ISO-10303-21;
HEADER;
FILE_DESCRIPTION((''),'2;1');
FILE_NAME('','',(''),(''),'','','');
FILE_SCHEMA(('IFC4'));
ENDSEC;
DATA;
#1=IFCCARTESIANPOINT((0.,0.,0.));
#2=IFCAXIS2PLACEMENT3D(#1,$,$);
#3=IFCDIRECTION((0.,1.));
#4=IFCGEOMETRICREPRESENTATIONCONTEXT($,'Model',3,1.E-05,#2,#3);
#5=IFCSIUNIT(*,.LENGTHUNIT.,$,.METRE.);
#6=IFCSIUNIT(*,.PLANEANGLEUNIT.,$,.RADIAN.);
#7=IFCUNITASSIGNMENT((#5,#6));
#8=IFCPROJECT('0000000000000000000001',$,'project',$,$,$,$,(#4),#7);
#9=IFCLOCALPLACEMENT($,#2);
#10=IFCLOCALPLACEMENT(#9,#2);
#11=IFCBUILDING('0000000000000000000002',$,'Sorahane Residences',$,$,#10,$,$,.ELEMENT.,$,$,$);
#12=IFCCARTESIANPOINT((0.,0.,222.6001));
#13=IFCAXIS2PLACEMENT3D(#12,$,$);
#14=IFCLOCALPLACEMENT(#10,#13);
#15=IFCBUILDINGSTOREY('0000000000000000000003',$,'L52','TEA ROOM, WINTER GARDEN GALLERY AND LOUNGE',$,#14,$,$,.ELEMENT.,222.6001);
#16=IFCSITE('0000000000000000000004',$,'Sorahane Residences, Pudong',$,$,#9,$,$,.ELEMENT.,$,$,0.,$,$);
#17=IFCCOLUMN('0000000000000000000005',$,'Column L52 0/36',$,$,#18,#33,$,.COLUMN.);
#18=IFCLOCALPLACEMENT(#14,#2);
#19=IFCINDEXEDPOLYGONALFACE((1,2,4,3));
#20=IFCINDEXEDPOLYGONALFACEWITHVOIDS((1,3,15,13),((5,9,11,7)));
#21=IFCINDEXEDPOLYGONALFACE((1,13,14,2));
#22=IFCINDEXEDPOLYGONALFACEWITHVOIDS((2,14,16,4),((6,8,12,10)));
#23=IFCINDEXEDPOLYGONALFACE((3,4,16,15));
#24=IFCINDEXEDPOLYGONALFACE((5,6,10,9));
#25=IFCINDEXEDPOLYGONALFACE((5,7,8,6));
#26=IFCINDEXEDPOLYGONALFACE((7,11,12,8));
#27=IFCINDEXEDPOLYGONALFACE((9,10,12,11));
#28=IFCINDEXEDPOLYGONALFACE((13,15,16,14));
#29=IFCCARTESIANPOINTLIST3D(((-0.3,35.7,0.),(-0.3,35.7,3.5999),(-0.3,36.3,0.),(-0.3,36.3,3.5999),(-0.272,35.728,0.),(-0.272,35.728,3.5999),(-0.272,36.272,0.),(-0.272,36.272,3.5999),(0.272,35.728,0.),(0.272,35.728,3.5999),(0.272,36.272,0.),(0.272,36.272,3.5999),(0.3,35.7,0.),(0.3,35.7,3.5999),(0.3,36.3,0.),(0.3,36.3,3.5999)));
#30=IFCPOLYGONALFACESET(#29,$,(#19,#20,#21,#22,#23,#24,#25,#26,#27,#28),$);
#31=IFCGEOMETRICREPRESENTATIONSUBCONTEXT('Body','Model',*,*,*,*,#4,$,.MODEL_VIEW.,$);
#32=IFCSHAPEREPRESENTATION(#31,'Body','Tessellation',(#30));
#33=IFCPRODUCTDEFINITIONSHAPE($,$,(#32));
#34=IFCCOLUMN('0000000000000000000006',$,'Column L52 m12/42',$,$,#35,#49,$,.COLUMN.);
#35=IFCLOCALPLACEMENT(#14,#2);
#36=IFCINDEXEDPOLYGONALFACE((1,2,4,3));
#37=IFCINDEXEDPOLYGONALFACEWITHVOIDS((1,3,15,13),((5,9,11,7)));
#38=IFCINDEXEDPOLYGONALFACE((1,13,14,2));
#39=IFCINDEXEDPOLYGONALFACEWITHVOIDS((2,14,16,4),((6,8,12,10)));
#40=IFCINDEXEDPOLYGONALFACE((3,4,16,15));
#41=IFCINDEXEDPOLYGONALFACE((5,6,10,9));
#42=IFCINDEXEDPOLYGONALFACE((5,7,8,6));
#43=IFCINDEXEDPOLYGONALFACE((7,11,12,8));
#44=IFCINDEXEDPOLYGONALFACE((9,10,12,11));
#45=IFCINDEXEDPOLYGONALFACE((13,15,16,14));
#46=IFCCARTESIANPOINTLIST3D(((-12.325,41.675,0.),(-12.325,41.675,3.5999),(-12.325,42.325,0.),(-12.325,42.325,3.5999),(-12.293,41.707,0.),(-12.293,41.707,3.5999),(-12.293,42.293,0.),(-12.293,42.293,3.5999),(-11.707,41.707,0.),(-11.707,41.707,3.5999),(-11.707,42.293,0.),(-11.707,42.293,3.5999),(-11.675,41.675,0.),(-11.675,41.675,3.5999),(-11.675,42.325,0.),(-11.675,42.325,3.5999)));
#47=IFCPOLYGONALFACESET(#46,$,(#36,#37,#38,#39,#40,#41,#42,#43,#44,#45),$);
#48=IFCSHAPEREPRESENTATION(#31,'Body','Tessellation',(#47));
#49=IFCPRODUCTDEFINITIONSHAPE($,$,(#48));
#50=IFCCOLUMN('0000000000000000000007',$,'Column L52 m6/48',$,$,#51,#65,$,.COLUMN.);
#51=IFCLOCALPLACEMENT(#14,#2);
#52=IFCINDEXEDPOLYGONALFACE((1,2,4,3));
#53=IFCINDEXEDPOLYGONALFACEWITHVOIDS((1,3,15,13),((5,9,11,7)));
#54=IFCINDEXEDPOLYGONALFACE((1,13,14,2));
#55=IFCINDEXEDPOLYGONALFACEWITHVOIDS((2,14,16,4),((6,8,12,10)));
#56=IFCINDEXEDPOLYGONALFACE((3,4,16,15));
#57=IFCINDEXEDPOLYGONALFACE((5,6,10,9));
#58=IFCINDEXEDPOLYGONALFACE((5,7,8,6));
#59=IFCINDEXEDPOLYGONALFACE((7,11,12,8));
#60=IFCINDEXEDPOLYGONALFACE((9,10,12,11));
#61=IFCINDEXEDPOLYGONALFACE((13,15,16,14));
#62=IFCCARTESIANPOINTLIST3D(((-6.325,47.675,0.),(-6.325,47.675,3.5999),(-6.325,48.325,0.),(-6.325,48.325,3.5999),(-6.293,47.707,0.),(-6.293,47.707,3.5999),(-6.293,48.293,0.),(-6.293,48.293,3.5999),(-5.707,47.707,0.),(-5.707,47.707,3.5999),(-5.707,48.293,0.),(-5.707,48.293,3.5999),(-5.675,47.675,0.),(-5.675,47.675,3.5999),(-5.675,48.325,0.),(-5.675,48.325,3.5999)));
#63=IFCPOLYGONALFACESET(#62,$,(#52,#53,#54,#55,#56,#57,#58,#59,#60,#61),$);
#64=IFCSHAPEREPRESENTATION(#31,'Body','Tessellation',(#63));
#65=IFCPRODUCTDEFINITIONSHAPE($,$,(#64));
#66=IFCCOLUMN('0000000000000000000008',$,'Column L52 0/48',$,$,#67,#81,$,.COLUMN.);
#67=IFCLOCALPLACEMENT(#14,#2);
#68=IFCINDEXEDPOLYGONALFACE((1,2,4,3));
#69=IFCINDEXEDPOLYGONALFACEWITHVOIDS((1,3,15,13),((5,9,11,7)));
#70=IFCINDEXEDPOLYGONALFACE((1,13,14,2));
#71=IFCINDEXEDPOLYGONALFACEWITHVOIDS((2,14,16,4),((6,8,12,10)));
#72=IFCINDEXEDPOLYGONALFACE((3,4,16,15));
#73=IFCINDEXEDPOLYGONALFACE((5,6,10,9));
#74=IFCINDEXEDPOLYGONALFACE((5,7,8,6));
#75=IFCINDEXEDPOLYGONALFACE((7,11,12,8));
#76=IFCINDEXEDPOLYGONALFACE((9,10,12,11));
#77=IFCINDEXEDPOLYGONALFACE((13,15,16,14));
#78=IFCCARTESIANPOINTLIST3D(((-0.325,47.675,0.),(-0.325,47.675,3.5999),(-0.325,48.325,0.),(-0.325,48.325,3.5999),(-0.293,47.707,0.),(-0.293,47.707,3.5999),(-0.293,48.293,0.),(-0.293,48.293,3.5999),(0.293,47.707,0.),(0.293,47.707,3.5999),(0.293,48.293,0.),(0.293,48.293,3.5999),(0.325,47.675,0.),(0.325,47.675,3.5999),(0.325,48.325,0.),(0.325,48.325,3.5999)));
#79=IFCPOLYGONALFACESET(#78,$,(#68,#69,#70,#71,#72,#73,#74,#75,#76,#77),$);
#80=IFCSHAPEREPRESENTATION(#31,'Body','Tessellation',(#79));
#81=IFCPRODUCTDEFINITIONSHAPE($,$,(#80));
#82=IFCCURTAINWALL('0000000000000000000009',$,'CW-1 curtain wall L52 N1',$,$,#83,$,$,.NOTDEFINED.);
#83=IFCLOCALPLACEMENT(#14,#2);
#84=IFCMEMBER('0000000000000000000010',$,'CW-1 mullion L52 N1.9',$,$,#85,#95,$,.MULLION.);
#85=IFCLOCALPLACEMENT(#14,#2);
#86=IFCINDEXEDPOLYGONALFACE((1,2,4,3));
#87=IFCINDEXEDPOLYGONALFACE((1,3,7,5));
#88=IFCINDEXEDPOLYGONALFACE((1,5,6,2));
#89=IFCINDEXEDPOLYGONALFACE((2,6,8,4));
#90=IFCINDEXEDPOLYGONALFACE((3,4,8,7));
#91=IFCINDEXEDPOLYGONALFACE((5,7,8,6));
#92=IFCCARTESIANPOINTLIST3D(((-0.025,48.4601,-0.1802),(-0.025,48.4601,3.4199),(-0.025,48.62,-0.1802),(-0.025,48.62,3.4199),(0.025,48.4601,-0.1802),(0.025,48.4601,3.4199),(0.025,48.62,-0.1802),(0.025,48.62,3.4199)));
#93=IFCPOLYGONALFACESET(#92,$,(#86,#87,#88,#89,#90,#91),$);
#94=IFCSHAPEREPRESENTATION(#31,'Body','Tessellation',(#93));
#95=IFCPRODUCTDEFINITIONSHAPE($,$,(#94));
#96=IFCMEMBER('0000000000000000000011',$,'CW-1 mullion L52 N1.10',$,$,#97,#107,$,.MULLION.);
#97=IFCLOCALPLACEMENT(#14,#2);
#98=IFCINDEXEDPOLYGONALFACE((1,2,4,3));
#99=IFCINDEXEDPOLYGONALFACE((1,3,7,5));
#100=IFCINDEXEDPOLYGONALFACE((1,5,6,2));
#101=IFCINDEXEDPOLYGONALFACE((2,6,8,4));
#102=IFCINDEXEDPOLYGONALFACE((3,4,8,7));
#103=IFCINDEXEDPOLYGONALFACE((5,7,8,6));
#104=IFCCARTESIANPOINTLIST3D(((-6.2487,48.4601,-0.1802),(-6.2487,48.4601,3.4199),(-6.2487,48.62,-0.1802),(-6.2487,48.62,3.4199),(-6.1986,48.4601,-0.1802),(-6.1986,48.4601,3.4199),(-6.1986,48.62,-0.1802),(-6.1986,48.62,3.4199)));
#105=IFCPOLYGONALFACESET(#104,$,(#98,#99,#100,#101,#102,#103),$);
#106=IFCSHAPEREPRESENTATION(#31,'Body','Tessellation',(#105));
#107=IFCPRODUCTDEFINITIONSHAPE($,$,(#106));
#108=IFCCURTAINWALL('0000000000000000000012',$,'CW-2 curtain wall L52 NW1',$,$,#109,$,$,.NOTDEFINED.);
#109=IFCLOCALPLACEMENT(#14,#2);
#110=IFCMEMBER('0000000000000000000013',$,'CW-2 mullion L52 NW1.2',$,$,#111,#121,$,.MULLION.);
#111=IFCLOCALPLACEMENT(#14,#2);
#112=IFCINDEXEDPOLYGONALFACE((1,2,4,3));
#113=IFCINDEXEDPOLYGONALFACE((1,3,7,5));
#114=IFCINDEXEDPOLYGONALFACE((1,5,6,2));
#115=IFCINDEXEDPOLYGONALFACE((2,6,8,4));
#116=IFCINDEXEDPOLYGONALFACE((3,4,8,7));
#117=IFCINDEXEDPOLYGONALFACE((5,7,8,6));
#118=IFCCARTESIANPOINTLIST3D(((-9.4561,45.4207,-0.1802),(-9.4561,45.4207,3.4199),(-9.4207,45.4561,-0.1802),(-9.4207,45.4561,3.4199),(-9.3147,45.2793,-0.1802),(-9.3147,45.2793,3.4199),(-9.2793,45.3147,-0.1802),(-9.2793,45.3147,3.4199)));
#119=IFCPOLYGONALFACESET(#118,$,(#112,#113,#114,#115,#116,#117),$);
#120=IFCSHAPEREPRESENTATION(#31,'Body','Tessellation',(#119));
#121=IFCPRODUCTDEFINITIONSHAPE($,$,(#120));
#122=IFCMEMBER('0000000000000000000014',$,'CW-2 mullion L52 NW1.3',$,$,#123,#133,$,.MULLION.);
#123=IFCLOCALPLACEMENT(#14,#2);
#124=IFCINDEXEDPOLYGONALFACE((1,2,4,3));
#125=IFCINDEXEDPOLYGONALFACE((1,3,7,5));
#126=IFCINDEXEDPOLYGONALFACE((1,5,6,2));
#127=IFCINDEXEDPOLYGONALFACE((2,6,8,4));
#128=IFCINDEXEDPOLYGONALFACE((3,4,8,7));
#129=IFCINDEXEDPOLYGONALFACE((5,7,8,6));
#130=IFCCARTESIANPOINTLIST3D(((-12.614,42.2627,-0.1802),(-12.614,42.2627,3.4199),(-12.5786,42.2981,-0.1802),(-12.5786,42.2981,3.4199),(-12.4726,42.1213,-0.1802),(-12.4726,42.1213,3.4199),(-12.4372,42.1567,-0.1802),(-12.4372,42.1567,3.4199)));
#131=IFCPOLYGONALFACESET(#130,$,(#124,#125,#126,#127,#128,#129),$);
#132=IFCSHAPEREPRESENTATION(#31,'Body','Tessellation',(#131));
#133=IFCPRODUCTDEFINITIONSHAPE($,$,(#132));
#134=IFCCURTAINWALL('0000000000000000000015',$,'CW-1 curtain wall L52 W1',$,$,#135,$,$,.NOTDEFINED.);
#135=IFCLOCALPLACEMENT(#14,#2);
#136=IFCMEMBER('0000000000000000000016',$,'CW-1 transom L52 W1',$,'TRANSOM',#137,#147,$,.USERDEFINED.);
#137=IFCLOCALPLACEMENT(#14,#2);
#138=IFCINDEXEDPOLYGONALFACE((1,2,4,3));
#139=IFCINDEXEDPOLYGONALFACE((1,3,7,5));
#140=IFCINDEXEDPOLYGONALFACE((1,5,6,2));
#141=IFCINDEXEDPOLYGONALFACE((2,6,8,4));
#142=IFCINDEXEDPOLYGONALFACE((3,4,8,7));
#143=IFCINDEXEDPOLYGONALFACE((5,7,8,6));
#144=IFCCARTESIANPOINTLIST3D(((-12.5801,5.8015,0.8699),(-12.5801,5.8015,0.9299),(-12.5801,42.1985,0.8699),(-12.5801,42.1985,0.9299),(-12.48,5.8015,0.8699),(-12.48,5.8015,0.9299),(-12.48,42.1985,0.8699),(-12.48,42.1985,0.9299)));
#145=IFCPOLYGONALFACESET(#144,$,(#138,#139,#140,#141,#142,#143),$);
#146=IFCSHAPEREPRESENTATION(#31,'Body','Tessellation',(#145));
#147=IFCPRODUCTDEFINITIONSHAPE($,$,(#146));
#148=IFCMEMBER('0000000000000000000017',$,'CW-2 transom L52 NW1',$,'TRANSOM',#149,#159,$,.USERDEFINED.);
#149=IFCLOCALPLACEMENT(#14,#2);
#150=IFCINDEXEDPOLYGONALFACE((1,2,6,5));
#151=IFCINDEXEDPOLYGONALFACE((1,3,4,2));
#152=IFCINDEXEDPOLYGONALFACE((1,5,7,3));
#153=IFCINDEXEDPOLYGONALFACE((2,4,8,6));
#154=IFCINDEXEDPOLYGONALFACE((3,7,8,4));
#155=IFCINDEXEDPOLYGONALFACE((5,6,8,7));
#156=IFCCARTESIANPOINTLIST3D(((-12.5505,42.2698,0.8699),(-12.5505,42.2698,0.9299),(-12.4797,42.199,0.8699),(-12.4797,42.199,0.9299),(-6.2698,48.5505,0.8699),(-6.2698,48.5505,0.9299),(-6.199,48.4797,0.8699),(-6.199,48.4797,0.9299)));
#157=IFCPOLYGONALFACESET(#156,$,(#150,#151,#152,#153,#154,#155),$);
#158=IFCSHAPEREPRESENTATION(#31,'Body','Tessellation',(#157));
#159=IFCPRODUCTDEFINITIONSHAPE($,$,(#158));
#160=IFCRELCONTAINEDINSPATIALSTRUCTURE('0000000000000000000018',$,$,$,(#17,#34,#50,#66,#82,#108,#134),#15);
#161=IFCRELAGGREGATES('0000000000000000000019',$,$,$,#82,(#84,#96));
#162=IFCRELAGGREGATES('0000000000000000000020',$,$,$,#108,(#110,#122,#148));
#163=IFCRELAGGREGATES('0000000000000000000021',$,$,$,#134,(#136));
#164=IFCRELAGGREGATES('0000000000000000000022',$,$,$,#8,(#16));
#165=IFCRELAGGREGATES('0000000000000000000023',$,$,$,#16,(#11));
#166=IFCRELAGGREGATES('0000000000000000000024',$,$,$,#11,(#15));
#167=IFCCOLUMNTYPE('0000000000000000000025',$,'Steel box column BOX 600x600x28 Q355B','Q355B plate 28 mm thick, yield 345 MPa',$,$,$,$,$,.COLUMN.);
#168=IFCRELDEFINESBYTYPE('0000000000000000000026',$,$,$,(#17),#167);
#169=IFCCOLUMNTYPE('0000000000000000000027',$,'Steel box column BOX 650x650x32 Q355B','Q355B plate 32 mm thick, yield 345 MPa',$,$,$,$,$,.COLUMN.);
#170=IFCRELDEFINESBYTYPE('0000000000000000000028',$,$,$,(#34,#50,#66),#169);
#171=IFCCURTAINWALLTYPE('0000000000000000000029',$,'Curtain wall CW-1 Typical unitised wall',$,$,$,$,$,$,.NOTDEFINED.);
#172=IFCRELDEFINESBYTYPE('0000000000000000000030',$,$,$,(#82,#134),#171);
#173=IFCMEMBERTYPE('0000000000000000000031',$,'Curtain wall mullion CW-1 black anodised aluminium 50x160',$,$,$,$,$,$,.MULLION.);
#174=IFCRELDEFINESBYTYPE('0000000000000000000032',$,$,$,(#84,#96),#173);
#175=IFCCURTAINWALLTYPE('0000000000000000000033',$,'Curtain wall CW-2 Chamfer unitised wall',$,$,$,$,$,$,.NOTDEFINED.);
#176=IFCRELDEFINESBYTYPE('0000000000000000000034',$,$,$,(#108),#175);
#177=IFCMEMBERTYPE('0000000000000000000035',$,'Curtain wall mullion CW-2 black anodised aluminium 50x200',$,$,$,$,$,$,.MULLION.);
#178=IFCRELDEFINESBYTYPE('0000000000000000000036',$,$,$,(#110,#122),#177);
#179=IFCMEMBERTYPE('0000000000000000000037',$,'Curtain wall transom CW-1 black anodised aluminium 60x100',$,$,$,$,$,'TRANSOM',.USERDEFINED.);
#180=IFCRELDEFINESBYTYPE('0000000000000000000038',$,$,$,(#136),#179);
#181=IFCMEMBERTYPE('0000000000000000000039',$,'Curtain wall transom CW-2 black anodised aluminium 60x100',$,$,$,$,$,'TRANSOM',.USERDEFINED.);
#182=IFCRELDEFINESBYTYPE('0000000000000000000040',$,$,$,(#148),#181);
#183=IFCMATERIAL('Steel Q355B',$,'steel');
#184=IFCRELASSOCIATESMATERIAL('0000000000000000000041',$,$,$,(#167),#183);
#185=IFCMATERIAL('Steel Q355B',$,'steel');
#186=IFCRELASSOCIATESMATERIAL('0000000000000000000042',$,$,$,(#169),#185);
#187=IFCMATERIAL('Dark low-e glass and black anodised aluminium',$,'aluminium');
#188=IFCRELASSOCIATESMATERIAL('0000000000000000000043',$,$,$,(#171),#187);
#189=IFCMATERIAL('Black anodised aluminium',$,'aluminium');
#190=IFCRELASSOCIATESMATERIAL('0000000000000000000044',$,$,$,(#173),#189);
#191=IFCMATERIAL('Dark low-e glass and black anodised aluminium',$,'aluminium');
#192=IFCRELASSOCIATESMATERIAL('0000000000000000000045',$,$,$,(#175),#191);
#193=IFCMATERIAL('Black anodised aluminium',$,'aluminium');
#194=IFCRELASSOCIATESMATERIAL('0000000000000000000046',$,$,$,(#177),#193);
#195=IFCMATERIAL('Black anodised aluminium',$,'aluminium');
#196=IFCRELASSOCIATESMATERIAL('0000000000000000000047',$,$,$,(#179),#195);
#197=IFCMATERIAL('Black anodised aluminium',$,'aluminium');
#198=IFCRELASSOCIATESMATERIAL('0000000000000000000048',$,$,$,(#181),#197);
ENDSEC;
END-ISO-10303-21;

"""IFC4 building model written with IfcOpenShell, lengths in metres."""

from ifc_helpers import new_model, si_unit, direction, frame, origin, origin_2d, place, context, subcontext, project, spatial, rectangle, hollow_rectangle, extrude, material, material_profile, profile_set, type_object, element, aggregate, save


model = new_model("IFC4")

# Units and contexts
model_context = context("Model", 3, precision=1e-05, world=origin(), true_north=direction((0.0, 1.0)))
body_context = subcontext(model_context, "Body", "Model", "MODEL_VIEW")
ifc_project = project(units=[si_unit("LENGTHUNIT", "METRE"), si_unit("PLANEANGLEUNIT", "RADIAN")], contexts=[model_context])

# Site, building, storey
site_placement = place(None, origin())
site = spatial("IfcSite", under=ifc_project, at=site_placement, Name="Sorahane Residences, Pudong", CompositionType="ELEMENT", RefElevation=0.0)
building_placement = place(site_placement, origin())
building = spatial("IfcBuilding", under=site, at=building_placement, Name="Sorahane Residences", CompositionType="ELEMENT")
storey_placement = place(building_placement, frame((0.0, 0.0, 222.6001)))
storey = spatial("IfcBuildingStorey", under=building, at=storey_placement, Name="L52", Description="TEA ROOM, WINTER GARDEN GALLERY AND LOUNGE", CompositionType="ELEMENT", Elevation=222.6001)

# Columns
ifc_material_1 = material(Name="Steel Q355B", Category="steel")
ifc_material_profile_1 = material_profile(ifc_material_1, hollow_rectangle(XDim=0.6001, YDim=0.6001, WallThickness=0.0281, at=origin_2d()), Name="BOX 600x600x28")
ifc_profile_set_1 = profile_set([ifc_material_profile_1], Name="Steel Q355B")
column_type_1 = type_object("IfcColumnType", Name="Steel box column BOX 600x600x28 Q355B", Description="Q355B plate 28 mm thick, yield 345 MPa", PredefinedType="COLUMN", material=ifc_profile_set_1)
column_placement = place(storey_placement, frame((0.0, 36.0, 0.0), z_axis=(0.0, 0.0, 1.0), x_axis=(1.0, 0.0, 0.0)))
element("IfcColumn", 1, at=column_placement, inside=storey, type_object=column_type_1, Name="Column L52 0/36", PredefinedType="COLUMN", context=body_context, shape_type="SweptSolid", body=[
    extrude(hollow_rectangle(XDim=0.6001, YDim=0.6001, WallThickness=0.0281, at=origin_2d()), origin(), (0.0, 0.0, 1.0), 3.5999),
])
ifc_material_2 = material(Name="Steel Q355B", Category="steel")
ifc_material_profile_2 = material_profile(ifc_material_2, hollow_rectangle(XDim=0.6499, YDim=0.6499, WallThickness=0.032, at=origin_2d()), Name="BOX 650x650x32")
ifc_profile_set_2 = profile_set([ifc_material_profile_2], Name="Steel Q355B")
column_type_2 = type_object("IfcColumnType", Name="Steel box column BOX 650x650x32 Q355B", Description="Q355B plate 32 mm thick, yield 345 MPa", PredefinedType="COLUMN", material=ifc_profile_set_2)
for number, where, z_axis, x_axis, name in (
    (2, (-12.0, 42.0, 0.0), (0.0, 0.0, 1.0), (1.0, 0.0, 0.0), "Column L52 m12/42"),
    (3, (-6.0, 48.0, 0.0), (0.0, 0.0, 1.0), (1.0, 0.0, 0.0), "Column L52 m6/48"),
    (4, (0.0, 48.0, 0.0), (0.0, 0.0, 1.0), (1.0, 0.0, 0.0), "Column L52 0/48"),
):
    element("IfcColumn", number, at=place(storey_placement, frame(where, z_axis=z_axis, x_axis=x_axis)), inside=storey, type_object=column_type_2, Name=name, PredefinedType="COLUMN", context=body_context, shape_type="SweptSolid", body=[
        extrude(hollow_rectangle(XDim=0.6499, YDim=0.6499, WallThickness=0.032, at=origin_2d()), origin(), (0.0, 0.0, 1.0), 3.5999),
    ])

# Curtain walls, members
ifc_material_3 = material(Name="Dark low-e glass and black anodised aluminium", Category="aluminium")
curtain_wall_type_1 = type_object("IfcCurtainWallType", Name="Curtain wall CW-1 Typical unitised wall", PredefinedType="NOTDEFINED", material=ifc_material_3)
curtain_wall_1_placement = place(storey_placement, origin())
curtain_wall_1 = element("IfcCurtainWall", 5, at=curtain_wall_1_placement, inside=storey, type_object=curtain_wall_type_1, Name="CW-1 curtain wall L52 N1", PredefinedType="NOTDEFINED")
ifc_material_4 = material(Name="Black anodised aluminium", Category="aluminium")
ifc_material_profile_3 = material_profile(ifc_material_4, rectangle(XDim=0.1599, YDim=0.05, at=origin_2d()), Name="Curtain wall mullion CW-1 black anodised aluminium 50x160")
ifc_profile_set_3 = profile_set([ifc_material_profile_3], Name="Black anodised aluminium")
member_type_1 = type_object("IfcMemberType", Name="Curtain wall mullion CW-1 black anodised aluminium 50x160", PredefinedType="MULLION", material=ifc_profile_set_3)
member_1_placement = place(storey_placement, frame((0.0, 48.54, -0.1802), z_axis=(0.0, 0.0, 1.0), x_axis=(0.0, 1.0, 0.0)))
member_1 = element("IfcMember", 6, at=member_1_placement, type_object=member_type_1, Name="CW-1 mullion L52 N1.9", PredefinedType="MULLION", context=body_context, shape_type="SweptSolid", body=[
    extrude(rectangle(XDim=0.1599, YDim=0.05, at=origin_2d()), origin(), (0.0, 0.0, 1.0), 3.6001),
])
member_2_placement = place(storey_placement, frame((-6.2236, 48.54, -0.1802), z_axis=(0.0, 0.0, 1.0), x_axis=(0.0, 1.0, 0.0)))
member_2 = element("IfcMember", 7, at=member_2_placement, type_object=member_type_1, Name="CW-1 mullion L52 N1.10", PredefinedType="MULLION", context=body_context, shape_type="SweptSolid", body=[
    extrude(rectangle(XDim=0.1599, YDim=0.05, at=origin_2d()), origin(), (0.0, 0.0, 1.0), 3.6001),
])
ifc_material_5 = material(Name="Dark low-e glass and black anodised aluminium", Category="aluminium")
curtain_wall_type_2 = type_object("IfcCurtainWallType", Name="Curtain wall CW-2 Chamfer unitised wall", PredefinedType="NOTDEFINED", material=ifc_material_5)
curtain_wall_2_placement = place(storey_placement, origin())
curtain_wall_2 = element("IfcCurtainWall", 8, at=curtain_wall_2_placement, inside=storey, type_object=curtain_wall_type_2, Name="CW-2 curtain wall L52 NW1", PredefinedType="NOTDEFINED")
ifc_material_6 = material(Name="Black anodised aluminium", Category="aluminium")
ifc_material_profile_4 = material_profile(ifc_material_6, rectangle(XDim=0.2, YDim=0.05, at=origin_2d()), Name="Curtain wall mullion CW-2 black anodised aluminium 50x200")
ifc_profile_set_4 = profile_set([ifc_material_profile_4], Name="Black anodised aluminium")
member_type_2 = type_object("IfcMemberType", Name="Curtain wall mullion CW-2 black anodised aluminium 50x200", PredefinedType="MULLION", material=ifc_profile_set_4)
member_3_placement = place(storey_placement, frame((-9.3677, 45.3677, -0.1802), z_axis=(0.0, 0.0, 1.0), x_axis=(-0.707107, 0.707107, 0.0)))
member_3 = element("IfcMember", 9, at=member_3_placement, type_object=member_type_2, Name="CW-2 mullion L52 NW1.2", PredefinedType="MULLION", context=body_context, shape_type="SweptSolid", body=[
    extrude(rectangle(XDim=0.2, YDim=0.05, at=origin_2d()), origin(), (0.0, 0.0, 1.0), 3.6001),
])
member_4_placement = place(storey_placement, frame((-12.5256, 42.2097, -0.1802), z_axis=(0.0, 0.0, 1.0), x_axis=(-0.707107, 0.707107, 0.0)))
member_4 = element("IfcMember", 10, at=member_4_placement, type_object=member_type_2, Name="CW-2 mullion L52 NW1.3", PredefinedType="MULLION", context=body_context, shape_type="SweptSolid", body=[
    extrude(rectangle(XDim=0.2, YDim=0.05, at=origin_2d()), origin(), (0.0, 0.0, 1.0), 3.6001),
])

# Curtain wall, member
curtain_wall_3_placement = place(storey_placement, origin())
curtain_wall_3 = element("IfcCurtainWall", 11, at=curtain_wall_3_placement, inside=storey, type_object=curtain_wall_type_1, Name="CW-1 curtain wall L52 W1", PredefinedType="NOTDEFINED")
ifc_material_7 = material(Name="Black anodised aluminium", Category="aluminium")
ifc_material_profile_5 = material_profile(ifc_material_7, rectangle(XDim=0.1001, YDim=0.0601, at=origin_2d()), Name="Curtain wall transom CW-1 black anodised aluminium 60x100")
ifc_profile_set_5 = profile_set([ifc_material_profile_5], Name="Black anodised aluminium")
member_type_3 = type_object("IfcMemberType", Name="Curtain wall transom CW-1 black anodised aluminium 60x100", ElementType="TRANSOM", PredefinedType="USERDEFINED", material=ifc_profile_set_5)
member_5_placement = place(storey_placement, frame((-12.53, 42.1985, 0.8999), z_axis=(0.0, -1.0, 0.0), x_axis=(1.0, 0.0, 0.0)))
member_5 = element("IfcMember", 12, at=member_5_placement, type_object=member_type_3, Name="CW-1 transom L52 W1", ObjectType="TRANSOM", PredefinedType="USERDEFINED", context=body_context, shape_type="SweptSolid", body=[
    extrude(rectangle(XDim=0.1001, YDim=0.0601, at=origin_2d()), origin(), (0.0, 0.0, 1.0), 36.397),
])

# Member
ifc_material_8 = material(Name="Black anodised aluminium", Category="aluminium")
ifc_material_profile_6 = material_profile(ifc_material_8, rectangle(XDim=0.1001, YDim=0.0601, at=origin_2d()), Name="Curtain wall transom CW-2 black anodised aluminium 60x100")
ifc_profile_set_6 = profile_set([ifc_material_profile_6], Name="Black anodised aluminium")
member_type_4 = type_object("IfcMemberType", Name="Curtain wall transom CW-2 black anodised aluminium 60x100", ElementType="TRANSOM", PredefinedType="USERDEFINED", material=ifc_profile_set_6)
member_6_placement = place(storey_placement, frame((-6.2344, 48.5151, 0.8999), z_axis=(-0.707107, -0.707107, 0.0), x_axis=(0.707107, -0.707107, 0.0)))
member_6 = element("IfcMember", 13, at=member_6_placement, type_object=member_type_4, Name="CW-2 transom L52 NW1", ObjectType="TRANSOM", PredefinedType="USERDEFINED", context=body_context, shape_type="SweptSolid", body=[
    extrude(rectangle(XDim=0.1001, YDim=0.0601, at=origin_2d()), origin(), (0.0, 0.0, 1.0), 8.8823),
])

aggregate(curtain_wall_1, [member_1, member_2])
aggregate(curtain_wall_2, [member_3, member_4, member_6])
aggregate(curtain_wall_3, [member_5])

save(model, "model.ifc")
